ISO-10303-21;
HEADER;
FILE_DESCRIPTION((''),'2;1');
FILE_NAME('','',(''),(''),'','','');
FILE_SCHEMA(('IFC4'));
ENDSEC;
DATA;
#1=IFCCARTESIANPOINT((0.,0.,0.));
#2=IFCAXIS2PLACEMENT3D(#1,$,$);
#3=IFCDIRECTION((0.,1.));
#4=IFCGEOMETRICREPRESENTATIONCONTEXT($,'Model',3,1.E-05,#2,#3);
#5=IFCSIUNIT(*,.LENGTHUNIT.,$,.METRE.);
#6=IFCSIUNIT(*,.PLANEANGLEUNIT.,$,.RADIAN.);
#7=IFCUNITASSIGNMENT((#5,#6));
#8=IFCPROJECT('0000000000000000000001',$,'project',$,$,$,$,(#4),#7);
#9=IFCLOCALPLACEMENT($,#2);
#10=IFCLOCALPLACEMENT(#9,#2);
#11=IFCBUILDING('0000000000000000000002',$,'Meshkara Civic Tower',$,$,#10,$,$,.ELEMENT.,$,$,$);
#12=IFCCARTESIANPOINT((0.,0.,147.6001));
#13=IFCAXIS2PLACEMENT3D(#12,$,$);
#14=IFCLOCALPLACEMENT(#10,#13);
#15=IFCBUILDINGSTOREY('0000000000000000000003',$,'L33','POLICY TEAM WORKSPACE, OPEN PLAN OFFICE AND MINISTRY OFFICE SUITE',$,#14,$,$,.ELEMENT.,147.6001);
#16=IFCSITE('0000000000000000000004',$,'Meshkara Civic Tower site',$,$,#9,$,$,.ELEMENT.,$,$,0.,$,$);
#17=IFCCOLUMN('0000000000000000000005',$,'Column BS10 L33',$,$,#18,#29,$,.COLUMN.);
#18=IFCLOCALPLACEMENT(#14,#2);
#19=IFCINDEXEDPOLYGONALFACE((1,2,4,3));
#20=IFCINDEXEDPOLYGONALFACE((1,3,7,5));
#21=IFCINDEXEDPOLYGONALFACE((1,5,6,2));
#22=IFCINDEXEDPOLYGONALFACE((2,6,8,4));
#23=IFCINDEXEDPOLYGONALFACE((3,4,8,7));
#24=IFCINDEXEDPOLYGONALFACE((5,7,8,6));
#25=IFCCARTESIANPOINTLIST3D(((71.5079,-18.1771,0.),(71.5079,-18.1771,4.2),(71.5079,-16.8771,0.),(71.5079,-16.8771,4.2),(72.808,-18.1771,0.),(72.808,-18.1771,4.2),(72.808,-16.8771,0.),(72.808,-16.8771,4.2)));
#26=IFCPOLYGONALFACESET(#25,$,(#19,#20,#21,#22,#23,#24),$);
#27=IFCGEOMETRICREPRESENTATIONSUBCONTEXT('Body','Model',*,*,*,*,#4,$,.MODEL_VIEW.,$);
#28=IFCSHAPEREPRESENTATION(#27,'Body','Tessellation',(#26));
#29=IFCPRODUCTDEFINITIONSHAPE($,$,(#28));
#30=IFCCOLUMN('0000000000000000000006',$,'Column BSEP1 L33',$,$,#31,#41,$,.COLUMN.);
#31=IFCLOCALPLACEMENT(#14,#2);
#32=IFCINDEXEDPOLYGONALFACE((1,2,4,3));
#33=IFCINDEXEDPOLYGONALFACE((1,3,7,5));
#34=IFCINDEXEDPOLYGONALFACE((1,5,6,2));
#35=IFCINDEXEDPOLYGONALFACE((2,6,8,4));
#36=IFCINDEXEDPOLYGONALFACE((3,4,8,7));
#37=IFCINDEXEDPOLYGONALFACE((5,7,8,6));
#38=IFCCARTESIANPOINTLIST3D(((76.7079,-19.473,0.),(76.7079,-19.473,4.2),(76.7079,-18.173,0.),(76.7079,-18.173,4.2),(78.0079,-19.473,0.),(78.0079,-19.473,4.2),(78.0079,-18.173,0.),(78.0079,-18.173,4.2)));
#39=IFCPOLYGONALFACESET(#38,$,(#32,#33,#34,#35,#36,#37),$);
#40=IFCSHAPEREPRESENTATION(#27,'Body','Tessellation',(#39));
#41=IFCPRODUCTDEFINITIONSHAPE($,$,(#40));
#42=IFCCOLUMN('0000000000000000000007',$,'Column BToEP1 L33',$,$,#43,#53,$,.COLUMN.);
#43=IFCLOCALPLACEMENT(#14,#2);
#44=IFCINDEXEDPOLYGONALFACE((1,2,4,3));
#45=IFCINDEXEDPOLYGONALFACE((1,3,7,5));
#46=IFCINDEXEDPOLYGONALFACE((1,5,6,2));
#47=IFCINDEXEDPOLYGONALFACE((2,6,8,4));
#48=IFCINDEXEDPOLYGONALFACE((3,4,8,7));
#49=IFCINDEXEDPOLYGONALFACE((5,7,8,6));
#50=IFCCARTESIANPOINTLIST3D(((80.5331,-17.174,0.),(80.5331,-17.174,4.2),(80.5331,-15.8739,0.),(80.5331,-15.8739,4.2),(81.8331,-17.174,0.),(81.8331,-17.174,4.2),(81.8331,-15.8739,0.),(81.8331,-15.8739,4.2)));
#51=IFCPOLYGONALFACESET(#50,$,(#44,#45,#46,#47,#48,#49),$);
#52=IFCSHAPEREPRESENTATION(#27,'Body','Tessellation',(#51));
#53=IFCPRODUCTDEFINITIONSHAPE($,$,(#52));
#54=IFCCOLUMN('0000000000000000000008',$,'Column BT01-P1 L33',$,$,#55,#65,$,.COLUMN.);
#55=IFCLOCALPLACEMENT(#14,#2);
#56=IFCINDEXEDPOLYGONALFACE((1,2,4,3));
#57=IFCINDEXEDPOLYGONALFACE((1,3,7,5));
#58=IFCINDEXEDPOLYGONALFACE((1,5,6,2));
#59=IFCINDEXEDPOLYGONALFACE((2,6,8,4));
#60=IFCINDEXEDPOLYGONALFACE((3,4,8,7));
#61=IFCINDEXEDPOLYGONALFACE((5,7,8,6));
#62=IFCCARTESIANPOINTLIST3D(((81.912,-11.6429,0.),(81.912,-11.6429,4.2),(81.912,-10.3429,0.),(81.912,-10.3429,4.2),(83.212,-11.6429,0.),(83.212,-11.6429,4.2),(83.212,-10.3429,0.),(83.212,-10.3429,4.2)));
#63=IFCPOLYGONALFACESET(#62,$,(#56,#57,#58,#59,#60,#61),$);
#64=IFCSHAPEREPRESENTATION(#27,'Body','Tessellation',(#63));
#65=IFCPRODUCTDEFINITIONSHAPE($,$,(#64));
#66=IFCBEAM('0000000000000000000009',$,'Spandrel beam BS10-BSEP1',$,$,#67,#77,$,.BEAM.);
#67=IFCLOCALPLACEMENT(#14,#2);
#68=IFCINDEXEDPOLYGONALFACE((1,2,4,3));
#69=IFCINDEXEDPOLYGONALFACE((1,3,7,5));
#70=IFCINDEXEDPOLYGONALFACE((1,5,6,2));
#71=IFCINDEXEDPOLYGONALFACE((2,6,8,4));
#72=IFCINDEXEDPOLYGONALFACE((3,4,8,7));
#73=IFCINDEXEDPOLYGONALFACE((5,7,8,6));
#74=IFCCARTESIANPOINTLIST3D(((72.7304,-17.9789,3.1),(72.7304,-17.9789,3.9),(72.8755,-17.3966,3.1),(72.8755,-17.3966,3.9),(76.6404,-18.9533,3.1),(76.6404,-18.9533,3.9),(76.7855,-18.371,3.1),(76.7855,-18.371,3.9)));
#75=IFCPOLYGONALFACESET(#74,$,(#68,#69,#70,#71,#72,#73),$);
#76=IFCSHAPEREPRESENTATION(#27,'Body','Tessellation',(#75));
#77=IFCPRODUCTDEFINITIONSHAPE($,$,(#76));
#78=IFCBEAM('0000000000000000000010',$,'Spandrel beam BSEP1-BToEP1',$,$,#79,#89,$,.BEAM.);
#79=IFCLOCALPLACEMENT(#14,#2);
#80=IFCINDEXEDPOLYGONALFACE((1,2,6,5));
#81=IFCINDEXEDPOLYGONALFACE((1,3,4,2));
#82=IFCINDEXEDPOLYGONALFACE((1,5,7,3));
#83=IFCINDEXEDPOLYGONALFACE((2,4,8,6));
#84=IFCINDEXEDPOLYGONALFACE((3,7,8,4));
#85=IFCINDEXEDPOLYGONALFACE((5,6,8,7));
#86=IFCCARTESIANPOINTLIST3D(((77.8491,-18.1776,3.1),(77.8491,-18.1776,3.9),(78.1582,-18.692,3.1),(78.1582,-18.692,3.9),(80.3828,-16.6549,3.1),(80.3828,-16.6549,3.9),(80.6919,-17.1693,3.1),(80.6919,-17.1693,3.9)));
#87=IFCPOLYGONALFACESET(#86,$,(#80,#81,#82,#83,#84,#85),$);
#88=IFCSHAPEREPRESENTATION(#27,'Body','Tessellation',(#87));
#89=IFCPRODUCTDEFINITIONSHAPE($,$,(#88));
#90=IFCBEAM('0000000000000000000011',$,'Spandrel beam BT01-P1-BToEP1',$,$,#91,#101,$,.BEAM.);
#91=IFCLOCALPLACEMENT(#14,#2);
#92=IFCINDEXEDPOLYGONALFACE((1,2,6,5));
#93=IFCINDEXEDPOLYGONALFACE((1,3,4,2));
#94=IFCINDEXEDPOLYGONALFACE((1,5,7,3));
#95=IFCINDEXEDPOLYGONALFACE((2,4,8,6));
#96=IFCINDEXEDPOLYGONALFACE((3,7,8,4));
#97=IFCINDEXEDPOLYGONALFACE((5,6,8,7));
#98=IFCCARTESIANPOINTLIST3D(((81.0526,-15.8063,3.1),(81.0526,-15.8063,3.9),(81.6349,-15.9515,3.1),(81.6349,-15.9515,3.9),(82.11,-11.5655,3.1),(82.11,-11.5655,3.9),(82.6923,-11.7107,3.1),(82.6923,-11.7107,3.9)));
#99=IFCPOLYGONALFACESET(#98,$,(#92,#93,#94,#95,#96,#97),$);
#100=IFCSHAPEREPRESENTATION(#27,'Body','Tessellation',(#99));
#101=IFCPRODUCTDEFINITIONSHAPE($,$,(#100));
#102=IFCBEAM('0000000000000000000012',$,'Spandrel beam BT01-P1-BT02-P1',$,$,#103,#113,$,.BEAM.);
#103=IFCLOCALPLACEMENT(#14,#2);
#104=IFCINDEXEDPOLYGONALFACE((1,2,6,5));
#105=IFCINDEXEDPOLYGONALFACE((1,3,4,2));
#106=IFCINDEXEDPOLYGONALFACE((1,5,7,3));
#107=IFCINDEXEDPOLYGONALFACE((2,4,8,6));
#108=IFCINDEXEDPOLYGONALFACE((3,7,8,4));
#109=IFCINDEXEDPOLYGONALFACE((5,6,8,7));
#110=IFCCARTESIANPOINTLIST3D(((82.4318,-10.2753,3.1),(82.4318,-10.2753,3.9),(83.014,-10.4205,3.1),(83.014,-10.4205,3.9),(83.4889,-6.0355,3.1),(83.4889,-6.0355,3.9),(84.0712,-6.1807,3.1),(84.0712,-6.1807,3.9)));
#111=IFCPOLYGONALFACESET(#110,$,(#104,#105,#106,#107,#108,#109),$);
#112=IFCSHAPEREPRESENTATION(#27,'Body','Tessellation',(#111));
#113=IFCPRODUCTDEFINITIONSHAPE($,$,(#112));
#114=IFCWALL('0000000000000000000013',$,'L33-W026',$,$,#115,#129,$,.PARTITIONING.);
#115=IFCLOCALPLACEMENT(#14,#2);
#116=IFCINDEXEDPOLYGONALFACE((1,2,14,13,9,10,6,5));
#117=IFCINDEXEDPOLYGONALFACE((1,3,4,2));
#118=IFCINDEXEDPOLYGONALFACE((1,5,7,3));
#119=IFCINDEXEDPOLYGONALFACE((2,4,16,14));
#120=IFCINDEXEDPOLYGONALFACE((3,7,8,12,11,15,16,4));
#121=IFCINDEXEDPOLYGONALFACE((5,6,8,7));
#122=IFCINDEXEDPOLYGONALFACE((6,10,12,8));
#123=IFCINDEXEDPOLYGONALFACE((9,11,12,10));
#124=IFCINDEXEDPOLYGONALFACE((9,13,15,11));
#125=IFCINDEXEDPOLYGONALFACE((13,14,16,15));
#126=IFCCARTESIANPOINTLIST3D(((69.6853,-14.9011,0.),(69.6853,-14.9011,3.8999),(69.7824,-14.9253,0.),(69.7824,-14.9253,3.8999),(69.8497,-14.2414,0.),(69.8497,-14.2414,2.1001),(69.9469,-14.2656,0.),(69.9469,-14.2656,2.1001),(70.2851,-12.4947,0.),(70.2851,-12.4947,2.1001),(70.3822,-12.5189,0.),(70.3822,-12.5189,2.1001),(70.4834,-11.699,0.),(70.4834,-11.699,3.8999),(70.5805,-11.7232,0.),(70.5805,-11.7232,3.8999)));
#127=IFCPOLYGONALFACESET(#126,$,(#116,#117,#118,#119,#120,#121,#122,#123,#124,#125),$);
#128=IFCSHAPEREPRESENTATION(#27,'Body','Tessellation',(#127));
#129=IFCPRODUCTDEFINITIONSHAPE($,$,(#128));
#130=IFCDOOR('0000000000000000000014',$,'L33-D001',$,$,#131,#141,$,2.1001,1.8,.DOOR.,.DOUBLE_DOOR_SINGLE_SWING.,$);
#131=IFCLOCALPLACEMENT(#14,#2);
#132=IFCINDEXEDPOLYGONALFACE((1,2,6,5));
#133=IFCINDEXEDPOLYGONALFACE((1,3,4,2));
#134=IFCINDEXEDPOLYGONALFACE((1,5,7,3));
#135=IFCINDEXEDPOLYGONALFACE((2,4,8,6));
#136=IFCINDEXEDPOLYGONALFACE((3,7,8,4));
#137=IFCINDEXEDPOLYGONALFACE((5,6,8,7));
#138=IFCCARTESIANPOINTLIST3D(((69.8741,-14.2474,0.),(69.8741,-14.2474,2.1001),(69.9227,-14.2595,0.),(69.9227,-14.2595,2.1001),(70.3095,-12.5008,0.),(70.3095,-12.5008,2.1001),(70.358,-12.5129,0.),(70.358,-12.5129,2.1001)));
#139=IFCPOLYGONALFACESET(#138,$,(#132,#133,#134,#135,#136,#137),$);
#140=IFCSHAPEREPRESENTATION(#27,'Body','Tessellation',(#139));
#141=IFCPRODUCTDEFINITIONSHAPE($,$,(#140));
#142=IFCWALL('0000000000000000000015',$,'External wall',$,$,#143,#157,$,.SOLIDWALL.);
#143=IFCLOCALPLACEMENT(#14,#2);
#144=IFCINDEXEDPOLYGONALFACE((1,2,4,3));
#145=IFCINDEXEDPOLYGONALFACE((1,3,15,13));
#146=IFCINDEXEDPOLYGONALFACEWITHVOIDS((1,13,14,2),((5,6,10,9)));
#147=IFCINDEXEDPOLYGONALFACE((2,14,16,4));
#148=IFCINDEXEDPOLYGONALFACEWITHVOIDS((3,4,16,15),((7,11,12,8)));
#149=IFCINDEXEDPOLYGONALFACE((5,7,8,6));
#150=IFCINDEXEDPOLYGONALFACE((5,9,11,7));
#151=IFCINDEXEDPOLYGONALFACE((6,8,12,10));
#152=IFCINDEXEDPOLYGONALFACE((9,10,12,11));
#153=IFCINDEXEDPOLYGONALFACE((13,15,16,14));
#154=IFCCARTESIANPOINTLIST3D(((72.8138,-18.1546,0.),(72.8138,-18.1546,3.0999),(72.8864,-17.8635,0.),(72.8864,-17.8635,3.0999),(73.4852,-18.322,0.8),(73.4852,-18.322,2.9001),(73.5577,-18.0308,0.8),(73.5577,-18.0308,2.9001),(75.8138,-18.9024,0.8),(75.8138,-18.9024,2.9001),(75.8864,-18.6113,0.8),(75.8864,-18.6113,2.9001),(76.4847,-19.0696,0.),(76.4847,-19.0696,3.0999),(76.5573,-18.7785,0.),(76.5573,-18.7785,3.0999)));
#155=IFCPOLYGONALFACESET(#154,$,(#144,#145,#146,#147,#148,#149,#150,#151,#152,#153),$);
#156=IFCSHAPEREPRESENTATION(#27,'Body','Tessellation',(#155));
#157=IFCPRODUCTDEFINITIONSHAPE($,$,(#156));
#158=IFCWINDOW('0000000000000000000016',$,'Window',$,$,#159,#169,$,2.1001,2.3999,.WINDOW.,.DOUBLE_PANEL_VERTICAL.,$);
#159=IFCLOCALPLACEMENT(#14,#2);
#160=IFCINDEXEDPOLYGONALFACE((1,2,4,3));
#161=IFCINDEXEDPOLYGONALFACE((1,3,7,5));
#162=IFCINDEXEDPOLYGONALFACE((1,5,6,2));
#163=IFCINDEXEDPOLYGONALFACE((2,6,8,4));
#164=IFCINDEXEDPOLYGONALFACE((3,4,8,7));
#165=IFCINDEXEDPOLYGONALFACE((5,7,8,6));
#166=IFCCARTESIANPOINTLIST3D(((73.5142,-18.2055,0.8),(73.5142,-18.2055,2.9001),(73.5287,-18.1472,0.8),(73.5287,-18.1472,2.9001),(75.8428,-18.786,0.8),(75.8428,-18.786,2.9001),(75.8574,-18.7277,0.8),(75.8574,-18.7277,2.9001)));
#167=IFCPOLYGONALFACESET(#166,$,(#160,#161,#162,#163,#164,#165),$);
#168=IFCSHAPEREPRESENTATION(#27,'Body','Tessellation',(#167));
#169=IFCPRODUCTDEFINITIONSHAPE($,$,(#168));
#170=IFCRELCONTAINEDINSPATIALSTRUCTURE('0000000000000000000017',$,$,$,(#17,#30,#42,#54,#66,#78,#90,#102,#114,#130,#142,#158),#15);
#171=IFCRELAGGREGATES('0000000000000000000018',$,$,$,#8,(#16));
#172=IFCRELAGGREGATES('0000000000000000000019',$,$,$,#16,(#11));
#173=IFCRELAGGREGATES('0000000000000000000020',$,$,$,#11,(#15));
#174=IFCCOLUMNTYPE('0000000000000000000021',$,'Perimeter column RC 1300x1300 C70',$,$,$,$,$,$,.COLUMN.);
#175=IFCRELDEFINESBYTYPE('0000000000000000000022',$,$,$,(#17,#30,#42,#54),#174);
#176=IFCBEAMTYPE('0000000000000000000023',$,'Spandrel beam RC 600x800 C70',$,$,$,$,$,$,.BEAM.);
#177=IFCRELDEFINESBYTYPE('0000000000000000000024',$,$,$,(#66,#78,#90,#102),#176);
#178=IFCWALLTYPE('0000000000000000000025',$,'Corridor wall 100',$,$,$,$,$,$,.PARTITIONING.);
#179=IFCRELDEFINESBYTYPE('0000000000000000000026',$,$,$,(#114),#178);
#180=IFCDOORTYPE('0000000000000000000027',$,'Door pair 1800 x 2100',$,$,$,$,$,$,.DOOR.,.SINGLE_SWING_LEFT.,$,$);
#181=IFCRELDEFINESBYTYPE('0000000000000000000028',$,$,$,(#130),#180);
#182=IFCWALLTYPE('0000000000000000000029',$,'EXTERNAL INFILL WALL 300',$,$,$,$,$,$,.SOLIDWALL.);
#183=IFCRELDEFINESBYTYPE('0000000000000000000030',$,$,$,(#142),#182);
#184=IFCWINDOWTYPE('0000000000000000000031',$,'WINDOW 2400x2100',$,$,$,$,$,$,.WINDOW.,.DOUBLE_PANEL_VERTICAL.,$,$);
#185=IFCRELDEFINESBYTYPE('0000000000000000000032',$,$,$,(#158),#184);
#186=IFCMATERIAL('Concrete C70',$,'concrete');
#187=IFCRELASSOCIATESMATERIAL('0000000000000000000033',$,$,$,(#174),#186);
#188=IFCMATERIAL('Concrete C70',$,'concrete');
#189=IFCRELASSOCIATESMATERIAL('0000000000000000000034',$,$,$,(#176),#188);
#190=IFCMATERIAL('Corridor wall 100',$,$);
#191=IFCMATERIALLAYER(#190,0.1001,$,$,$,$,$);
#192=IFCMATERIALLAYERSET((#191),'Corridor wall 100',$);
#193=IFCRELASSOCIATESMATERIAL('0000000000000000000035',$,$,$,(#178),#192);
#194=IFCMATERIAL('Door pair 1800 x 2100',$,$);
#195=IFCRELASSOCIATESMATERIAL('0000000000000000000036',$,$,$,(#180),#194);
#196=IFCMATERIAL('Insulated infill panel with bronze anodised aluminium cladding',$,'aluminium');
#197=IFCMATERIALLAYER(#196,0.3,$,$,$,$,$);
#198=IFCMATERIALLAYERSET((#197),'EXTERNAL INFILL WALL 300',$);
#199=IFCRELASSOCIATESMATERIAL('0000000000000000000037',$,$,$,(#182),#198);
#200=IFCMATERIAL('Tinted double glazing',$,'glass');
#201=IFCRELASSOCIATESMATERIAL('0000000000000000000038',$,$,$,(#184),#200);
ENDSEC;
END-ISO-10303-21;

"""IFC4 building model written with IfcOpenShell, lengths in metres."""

from ifc_helpers import new_model, si_unit, direction, frame, frame_2d, origin, origin_2d, place, context, subcontext, project, spatial, rectangle, extrude, material, layer, layer_set, material_profile, profile_set, type_object, element, fill, save


model = new_model("IFC4")

# Units and contexts
model_context = context("Model", 3, precision=1e-05, world=origin(), true_north=direction((0.0, 1.0)))
body_context = subcontext(model_context, "Body", "Model", "MODEL_VIEW")
ifc_project = project(units=[si_unit("LENGTHUNIT", "METRE"), si_unit("PLANEANGLEUNIT", "RADIAN")], contexts=[model_context])

# Site, building, storey
site_placement = place(None, origin())
site = spatial("IfcSite", under=ifc_project, at=site_placement, Name="Meshkara Civic Tower site", CompositionType="ELEMENT", RefElevation=0.0)
building_placement = place(site_placement, origin())
building = spatial("IfcBuilding", under=site, at=building_placement, Name="Meshkara Civic Tower", CompositionType="ELEMENT")
storey_placement = place(building_placement, frame((0.0, 0.0, 147.6001)))
storey = spatial("IfcBuildingStorey", under=building, at=storey_placement, Name="L33", Description="POLICY TEAM WORKSPACE, OPEN PLAN OFFICE AND MINISTRY OFFICE SUITE", CompositionType="ELEMENT", Elevation=147.6001)

# Columns
ifc_material_1 = material(Name="Concrete C70", Category="concrete")
ifc_material_profile_1 = material_profile(ifc_material_1, rectangle(XDim=1.3, YDim=1.3, at=origin_2d()))
ifc_profile_set_1 = profile_set([ifc_material_profile_1], Name="Concrete C70")
column_type = type_object("IfcColumnType", Name="Perimeter column RC 1300x1300 C70", PredefinedType="COLUMN", material=ifc_profile_set_1)
for number, where, z_axis, x_axis, name in (
    (1, (72.158, -17.5271, 0.0), (0.0, 0.0, 1.0), (1.0, 0.0, 0.0), "Column BS10 L33"),
    (2, (77.3579, -18.823, 0.0), (0.0, 0.0, 1.0), (1.0, 0.0, 0.0), "Column BSEP1 L33"),
    (3, (81.1831, -16.5239, 0.0), (0.0, 0.0, 1.0), (1.0, 0.0, 0.0), "Column BToEP1 L33"),
    (4, (82.562, -10.9929, 0.0), (0.0, 0.0, 1.0), (1.0, 0.0, 0.0), "Column BT01-P1 L33"),
):
    element("IfcColumn", number, at=place(storey_placement, frame(where, z_axis=z_axis, x_axis=x_axis)), inside=storey, type_object=column_type, Name=name, PredefinedType="COLUMN", context=body_context, shape_type="SweptSolid", body=[
        extrude(rectangle(XDim=1.3, YDim=1.3, at=origin_2d()), origin(), (0.0, 0.0, 1.0), 4.2),
    ])

# Beams
ifc_material_2 = material(Name="Concrete C70", Category="concrete")
ifc_material_profile_2 = material_profile(ifc_material_2, rectangle(XDim=0.6001, YDim=0.8, at=origin_2d()))
ifc_profile_set_2 = profile_set([ifc_material_profile_2], Name="Concrete C70")
beam_type = type_object("IfcBeamType", Name="Spandrel beam RC 600x800 C70", PredefinedType="BEAM", material=ifc_profile_set_2)
beam_1_placement = place(storey_placement, frame((72.803, -17.6877, 3.5), z_axis=(0.970324, -0.241808, 0.0), x_axis=(0.241808, 0.970324, 0.0)))
element("IfcBeam", 5, at=beam_1_placement, inside=storey, type_object=beam_type, Name="Spandrel beam BS10-BSEP1", PredefinedType="BEAM", context=body_context, shape_type="SweptSolid", body=[
    extrude(rectangle(XDim=0.6001, YDim=0.8, at=origin_2d()), origin(), (0.0, 0.0, 1.0), 4.0295),
])
beam_2_placement = place(storey_placement, frame((78.0037, -18.4348, 3.5), z_axis=(0.857121, 0.515115, 0.0), x_axis=(-0.515115, 0.857121, 0.0)))
element("IfcBeam", 6, at=beam_2_placement, inside=storey, type_object=beam_type, Name="Spandrel beam BSEP1-BToEP1", PredefinedType="BEAM", context=body_context, shape_type="SweptSolid", body=[
    extrude(rectangle(XDim=0.6001, YDim=0.8, at=origin_2d()), origin(), (0.0, 0.0, 1.0), 2.9561),
])
beam_3_placement = place(storey_placement, frame((81.3438, -15.8789, 3.5), z_axis=(0.241931, 0.970293, 0.0), x_axis=(-0.970293, 0.241931, 0.0)))
element("IfcBeam", 7, at=beam_3_placement, inside=storey, type_object=beam_type, Name="Spandrel beam BT01-P1-BToEP1", PredefinedType="BEAM", context=body_context, shape_type="SweptSolid", body=[
    extrude(rectangle(XDim=0.6001, YDim=0.8, at=origin_2d()), origin(), (0.0, 0.0, 1.0), 4.3706),
])
beam_4_placement = place(storey_placement, frame((82.7229, -10.3479, 3.5), z_axis=(0.241931, 0.970293, 0.0), x_axis=(-0.970293, 0.241931, 0.0)))
element("IfcBeam", 8, at=beam_4_placement, inside=storey, type_object=beam_type, Name="Spandrel beam BT01-P1-BT02-P1", PredefinedType="BEAM", context=body_context, shape_type="SweptSolid", body=[
    extrude(rectangle(XDim=0.6001, YDim=0.8, at=origin_2d()), origin(), (0.0, 0.0, 1.0), 4.3696),
])

# Wall, opening, door
ifc_material_3 = material(Name="Corridor wall 100")
ifc_layer_1 = layer(ifc_material_3, 0.1001)
ifc_layer_set_1 = layer_set([ifc_layer_1], Name="Corridor wall 100")
wall_type_1 = type_object("IfcWallType", Name="Corridor wall 100", PredefinedType="PARTITIONING", material=ifc_layer_set_1)
wall_1_placement = place(storey_placement, frame((69.7339, -14.9131, 0.0), z_axis=(0.0, 0.0, 1.0), x_axis=(0.241839, 0.970316, 0.0)))
wall_1 = element("IfcWall", 9, at=wall_1_placement, inside=storey, type_object=wall_type_1, Name="L33-W026", PredefinedType="PARTITIONING", context=body_context, shape_type="SweptSolid", body=[
    extrude(rectangle(XDim=3.3, YDim=0.1001, at=frame_2d((1.6499, 0.0))), origin(), (0.0, 0.0, 1.0), 3.8999),
])
opening_1_placement = place(wall_1_placement, frame((0.6799, 0.0, 0.0)))
opening_1 = element("IfcOpeningElement", 10, at=opening_1_placement, cuts=wall_1, PredefinedType="OPENING", context=body_context, shape_type="SweptSolid", body=[
    extrude(rectangle(XDim=1.8, YDim=2.1001, at=frame_2d((0.8999, 1.05))), frame((0.0, 0.0601, 0.0), z_axis=(0.0, -1.0, 0.0), x_axis=(1.0, 0.0, 0.0)), (0.0, 0.0, 1.0), 0.1201),
])
ifc_material_4 = material(Name="Door pair 1800 x 2100")
door_type_1 = type_object("IfcDoorType", Name="Door pair 1800 x 2100", OperationType="SINGLE_SWING_LEFT", PredefinedType="DOOR", material=ifc_material_4)
door_1_placement = place(opening_1_placement, origin())
door_1 = element("IfcDoor", 11, at=door_1_placement, inside=storey, type_object=door_type_1, Name="L33-D001", OperationType="DOUBLE_DOOR_SINGLE_SWING", OverallHeight=2.1001, OverallWidth=1.8, PredefinedType="DOOR", context=body_context, shape_type="SweptSolid", body=[
    extrude(rectangle(XDim=1.8, YDim=2.1001, at=frame_2d((0.8999, 1.05))), frame((0.0, 0.0249, 0.0), z_axis=(0.0, -1.0, 0.0), x_axis=(1.0, 0.0, 0.0)), (0.0, 0.0, 1.0), 0.05),
])
fill(opening_1, door_1)

# Wall, opening, window
ifc_material_5 = material(Name="Insulated infill panel with bronze anodised aluminium cladding", Category="aluminium")
ifc_layer_2 = layer(ifc_material_5, 0.3)
ifc_layer_set_2 = layer_set([ifc_layer_2], Name="EXTERNAL INFILL WALL 300")
wall_type_2 = type_object("IfcWallType", Name="EXTERNAL INFILL WALL 300", PredefinedType="SOLIDWALL", material=ifc_layer_set_2)
wall_2_placement = place(storey_placement, frame((72.8501, -18.009, 0.0), z_axis=(0.0, 0.0, 1.0), x_axis=(0.970309, -0.241867, 0.0)))
wall_2 = element("IfcWall", 12, at=wall_2_placement, inside=storey, type_object=wall_type_2, Name="External wall", PredefinedType="SOLIDWALL", context=body_context, shape_type="SweptSolid", body=[
    extrude(rectangle(XDim=3.7832, YDim=0.3, at=frame_2d((1.8916, 0.0))), origin(), (0.0, 0.0, 1.0), 3.0999),
])
opening_2_placement = place(wall_2_placement, frame((0.6919, 0.0, 0.8)))
opening_2 = element("IfcOpeningElement", 13, at=opening_2_placement, cuts=wall_2, PredefinedType="OPENING", context=body_context, shape_type="SweptSolid", body=[
    extrude(rectangle(XDim=2.3999, YDim=2.1001, at=frame_2d((1.2, 1.05))), frame((0.0, 0.1599, 0.0), z_axis=(0.0, -1.0, 0.0), x_axis=(1.0, 0.0, 0.0)), (0.0, 0.0, 1.0), 0.3201),
])
ifc_material_6 = material(Name="Tinted double glazing", Category="glass")
window_type_1 = type_object("IfcWindowType", Name="WINDOW 2400x2100", PartitioningType="DOUBLE_PANEL_VERTICAL", PredefinedType="WINDOW", material=ifc_material_6)
window_1_placement = place(opening_2_placement, origin())
window_1 = element("IfcWindow", 14, at=window_1_placement, inside=storey, type_object=window_type_1, Name="Window", OverallHeight=2.1001, OverallWidth=2.3999, PartitioningType="DOUBLE_PANEL_VERTICAL", PredefinedType="WINDOW", context=body_context, shape_type="SweptSolid", body=[
    extrude(rectangle(XDim=2.3999, YDim=2.1001, at=frame_2d((1.2, 1.05))), frame((0.0, 0.03, 0.0), z_axis=(0.0, -1.0, 0.0), x_axis=(1.0, 0.0, 0.0)), (0.0, 0.0, 1.0), 0.0601),
])
fill(opening_2, window_1)

save(model, "model.ifc")
